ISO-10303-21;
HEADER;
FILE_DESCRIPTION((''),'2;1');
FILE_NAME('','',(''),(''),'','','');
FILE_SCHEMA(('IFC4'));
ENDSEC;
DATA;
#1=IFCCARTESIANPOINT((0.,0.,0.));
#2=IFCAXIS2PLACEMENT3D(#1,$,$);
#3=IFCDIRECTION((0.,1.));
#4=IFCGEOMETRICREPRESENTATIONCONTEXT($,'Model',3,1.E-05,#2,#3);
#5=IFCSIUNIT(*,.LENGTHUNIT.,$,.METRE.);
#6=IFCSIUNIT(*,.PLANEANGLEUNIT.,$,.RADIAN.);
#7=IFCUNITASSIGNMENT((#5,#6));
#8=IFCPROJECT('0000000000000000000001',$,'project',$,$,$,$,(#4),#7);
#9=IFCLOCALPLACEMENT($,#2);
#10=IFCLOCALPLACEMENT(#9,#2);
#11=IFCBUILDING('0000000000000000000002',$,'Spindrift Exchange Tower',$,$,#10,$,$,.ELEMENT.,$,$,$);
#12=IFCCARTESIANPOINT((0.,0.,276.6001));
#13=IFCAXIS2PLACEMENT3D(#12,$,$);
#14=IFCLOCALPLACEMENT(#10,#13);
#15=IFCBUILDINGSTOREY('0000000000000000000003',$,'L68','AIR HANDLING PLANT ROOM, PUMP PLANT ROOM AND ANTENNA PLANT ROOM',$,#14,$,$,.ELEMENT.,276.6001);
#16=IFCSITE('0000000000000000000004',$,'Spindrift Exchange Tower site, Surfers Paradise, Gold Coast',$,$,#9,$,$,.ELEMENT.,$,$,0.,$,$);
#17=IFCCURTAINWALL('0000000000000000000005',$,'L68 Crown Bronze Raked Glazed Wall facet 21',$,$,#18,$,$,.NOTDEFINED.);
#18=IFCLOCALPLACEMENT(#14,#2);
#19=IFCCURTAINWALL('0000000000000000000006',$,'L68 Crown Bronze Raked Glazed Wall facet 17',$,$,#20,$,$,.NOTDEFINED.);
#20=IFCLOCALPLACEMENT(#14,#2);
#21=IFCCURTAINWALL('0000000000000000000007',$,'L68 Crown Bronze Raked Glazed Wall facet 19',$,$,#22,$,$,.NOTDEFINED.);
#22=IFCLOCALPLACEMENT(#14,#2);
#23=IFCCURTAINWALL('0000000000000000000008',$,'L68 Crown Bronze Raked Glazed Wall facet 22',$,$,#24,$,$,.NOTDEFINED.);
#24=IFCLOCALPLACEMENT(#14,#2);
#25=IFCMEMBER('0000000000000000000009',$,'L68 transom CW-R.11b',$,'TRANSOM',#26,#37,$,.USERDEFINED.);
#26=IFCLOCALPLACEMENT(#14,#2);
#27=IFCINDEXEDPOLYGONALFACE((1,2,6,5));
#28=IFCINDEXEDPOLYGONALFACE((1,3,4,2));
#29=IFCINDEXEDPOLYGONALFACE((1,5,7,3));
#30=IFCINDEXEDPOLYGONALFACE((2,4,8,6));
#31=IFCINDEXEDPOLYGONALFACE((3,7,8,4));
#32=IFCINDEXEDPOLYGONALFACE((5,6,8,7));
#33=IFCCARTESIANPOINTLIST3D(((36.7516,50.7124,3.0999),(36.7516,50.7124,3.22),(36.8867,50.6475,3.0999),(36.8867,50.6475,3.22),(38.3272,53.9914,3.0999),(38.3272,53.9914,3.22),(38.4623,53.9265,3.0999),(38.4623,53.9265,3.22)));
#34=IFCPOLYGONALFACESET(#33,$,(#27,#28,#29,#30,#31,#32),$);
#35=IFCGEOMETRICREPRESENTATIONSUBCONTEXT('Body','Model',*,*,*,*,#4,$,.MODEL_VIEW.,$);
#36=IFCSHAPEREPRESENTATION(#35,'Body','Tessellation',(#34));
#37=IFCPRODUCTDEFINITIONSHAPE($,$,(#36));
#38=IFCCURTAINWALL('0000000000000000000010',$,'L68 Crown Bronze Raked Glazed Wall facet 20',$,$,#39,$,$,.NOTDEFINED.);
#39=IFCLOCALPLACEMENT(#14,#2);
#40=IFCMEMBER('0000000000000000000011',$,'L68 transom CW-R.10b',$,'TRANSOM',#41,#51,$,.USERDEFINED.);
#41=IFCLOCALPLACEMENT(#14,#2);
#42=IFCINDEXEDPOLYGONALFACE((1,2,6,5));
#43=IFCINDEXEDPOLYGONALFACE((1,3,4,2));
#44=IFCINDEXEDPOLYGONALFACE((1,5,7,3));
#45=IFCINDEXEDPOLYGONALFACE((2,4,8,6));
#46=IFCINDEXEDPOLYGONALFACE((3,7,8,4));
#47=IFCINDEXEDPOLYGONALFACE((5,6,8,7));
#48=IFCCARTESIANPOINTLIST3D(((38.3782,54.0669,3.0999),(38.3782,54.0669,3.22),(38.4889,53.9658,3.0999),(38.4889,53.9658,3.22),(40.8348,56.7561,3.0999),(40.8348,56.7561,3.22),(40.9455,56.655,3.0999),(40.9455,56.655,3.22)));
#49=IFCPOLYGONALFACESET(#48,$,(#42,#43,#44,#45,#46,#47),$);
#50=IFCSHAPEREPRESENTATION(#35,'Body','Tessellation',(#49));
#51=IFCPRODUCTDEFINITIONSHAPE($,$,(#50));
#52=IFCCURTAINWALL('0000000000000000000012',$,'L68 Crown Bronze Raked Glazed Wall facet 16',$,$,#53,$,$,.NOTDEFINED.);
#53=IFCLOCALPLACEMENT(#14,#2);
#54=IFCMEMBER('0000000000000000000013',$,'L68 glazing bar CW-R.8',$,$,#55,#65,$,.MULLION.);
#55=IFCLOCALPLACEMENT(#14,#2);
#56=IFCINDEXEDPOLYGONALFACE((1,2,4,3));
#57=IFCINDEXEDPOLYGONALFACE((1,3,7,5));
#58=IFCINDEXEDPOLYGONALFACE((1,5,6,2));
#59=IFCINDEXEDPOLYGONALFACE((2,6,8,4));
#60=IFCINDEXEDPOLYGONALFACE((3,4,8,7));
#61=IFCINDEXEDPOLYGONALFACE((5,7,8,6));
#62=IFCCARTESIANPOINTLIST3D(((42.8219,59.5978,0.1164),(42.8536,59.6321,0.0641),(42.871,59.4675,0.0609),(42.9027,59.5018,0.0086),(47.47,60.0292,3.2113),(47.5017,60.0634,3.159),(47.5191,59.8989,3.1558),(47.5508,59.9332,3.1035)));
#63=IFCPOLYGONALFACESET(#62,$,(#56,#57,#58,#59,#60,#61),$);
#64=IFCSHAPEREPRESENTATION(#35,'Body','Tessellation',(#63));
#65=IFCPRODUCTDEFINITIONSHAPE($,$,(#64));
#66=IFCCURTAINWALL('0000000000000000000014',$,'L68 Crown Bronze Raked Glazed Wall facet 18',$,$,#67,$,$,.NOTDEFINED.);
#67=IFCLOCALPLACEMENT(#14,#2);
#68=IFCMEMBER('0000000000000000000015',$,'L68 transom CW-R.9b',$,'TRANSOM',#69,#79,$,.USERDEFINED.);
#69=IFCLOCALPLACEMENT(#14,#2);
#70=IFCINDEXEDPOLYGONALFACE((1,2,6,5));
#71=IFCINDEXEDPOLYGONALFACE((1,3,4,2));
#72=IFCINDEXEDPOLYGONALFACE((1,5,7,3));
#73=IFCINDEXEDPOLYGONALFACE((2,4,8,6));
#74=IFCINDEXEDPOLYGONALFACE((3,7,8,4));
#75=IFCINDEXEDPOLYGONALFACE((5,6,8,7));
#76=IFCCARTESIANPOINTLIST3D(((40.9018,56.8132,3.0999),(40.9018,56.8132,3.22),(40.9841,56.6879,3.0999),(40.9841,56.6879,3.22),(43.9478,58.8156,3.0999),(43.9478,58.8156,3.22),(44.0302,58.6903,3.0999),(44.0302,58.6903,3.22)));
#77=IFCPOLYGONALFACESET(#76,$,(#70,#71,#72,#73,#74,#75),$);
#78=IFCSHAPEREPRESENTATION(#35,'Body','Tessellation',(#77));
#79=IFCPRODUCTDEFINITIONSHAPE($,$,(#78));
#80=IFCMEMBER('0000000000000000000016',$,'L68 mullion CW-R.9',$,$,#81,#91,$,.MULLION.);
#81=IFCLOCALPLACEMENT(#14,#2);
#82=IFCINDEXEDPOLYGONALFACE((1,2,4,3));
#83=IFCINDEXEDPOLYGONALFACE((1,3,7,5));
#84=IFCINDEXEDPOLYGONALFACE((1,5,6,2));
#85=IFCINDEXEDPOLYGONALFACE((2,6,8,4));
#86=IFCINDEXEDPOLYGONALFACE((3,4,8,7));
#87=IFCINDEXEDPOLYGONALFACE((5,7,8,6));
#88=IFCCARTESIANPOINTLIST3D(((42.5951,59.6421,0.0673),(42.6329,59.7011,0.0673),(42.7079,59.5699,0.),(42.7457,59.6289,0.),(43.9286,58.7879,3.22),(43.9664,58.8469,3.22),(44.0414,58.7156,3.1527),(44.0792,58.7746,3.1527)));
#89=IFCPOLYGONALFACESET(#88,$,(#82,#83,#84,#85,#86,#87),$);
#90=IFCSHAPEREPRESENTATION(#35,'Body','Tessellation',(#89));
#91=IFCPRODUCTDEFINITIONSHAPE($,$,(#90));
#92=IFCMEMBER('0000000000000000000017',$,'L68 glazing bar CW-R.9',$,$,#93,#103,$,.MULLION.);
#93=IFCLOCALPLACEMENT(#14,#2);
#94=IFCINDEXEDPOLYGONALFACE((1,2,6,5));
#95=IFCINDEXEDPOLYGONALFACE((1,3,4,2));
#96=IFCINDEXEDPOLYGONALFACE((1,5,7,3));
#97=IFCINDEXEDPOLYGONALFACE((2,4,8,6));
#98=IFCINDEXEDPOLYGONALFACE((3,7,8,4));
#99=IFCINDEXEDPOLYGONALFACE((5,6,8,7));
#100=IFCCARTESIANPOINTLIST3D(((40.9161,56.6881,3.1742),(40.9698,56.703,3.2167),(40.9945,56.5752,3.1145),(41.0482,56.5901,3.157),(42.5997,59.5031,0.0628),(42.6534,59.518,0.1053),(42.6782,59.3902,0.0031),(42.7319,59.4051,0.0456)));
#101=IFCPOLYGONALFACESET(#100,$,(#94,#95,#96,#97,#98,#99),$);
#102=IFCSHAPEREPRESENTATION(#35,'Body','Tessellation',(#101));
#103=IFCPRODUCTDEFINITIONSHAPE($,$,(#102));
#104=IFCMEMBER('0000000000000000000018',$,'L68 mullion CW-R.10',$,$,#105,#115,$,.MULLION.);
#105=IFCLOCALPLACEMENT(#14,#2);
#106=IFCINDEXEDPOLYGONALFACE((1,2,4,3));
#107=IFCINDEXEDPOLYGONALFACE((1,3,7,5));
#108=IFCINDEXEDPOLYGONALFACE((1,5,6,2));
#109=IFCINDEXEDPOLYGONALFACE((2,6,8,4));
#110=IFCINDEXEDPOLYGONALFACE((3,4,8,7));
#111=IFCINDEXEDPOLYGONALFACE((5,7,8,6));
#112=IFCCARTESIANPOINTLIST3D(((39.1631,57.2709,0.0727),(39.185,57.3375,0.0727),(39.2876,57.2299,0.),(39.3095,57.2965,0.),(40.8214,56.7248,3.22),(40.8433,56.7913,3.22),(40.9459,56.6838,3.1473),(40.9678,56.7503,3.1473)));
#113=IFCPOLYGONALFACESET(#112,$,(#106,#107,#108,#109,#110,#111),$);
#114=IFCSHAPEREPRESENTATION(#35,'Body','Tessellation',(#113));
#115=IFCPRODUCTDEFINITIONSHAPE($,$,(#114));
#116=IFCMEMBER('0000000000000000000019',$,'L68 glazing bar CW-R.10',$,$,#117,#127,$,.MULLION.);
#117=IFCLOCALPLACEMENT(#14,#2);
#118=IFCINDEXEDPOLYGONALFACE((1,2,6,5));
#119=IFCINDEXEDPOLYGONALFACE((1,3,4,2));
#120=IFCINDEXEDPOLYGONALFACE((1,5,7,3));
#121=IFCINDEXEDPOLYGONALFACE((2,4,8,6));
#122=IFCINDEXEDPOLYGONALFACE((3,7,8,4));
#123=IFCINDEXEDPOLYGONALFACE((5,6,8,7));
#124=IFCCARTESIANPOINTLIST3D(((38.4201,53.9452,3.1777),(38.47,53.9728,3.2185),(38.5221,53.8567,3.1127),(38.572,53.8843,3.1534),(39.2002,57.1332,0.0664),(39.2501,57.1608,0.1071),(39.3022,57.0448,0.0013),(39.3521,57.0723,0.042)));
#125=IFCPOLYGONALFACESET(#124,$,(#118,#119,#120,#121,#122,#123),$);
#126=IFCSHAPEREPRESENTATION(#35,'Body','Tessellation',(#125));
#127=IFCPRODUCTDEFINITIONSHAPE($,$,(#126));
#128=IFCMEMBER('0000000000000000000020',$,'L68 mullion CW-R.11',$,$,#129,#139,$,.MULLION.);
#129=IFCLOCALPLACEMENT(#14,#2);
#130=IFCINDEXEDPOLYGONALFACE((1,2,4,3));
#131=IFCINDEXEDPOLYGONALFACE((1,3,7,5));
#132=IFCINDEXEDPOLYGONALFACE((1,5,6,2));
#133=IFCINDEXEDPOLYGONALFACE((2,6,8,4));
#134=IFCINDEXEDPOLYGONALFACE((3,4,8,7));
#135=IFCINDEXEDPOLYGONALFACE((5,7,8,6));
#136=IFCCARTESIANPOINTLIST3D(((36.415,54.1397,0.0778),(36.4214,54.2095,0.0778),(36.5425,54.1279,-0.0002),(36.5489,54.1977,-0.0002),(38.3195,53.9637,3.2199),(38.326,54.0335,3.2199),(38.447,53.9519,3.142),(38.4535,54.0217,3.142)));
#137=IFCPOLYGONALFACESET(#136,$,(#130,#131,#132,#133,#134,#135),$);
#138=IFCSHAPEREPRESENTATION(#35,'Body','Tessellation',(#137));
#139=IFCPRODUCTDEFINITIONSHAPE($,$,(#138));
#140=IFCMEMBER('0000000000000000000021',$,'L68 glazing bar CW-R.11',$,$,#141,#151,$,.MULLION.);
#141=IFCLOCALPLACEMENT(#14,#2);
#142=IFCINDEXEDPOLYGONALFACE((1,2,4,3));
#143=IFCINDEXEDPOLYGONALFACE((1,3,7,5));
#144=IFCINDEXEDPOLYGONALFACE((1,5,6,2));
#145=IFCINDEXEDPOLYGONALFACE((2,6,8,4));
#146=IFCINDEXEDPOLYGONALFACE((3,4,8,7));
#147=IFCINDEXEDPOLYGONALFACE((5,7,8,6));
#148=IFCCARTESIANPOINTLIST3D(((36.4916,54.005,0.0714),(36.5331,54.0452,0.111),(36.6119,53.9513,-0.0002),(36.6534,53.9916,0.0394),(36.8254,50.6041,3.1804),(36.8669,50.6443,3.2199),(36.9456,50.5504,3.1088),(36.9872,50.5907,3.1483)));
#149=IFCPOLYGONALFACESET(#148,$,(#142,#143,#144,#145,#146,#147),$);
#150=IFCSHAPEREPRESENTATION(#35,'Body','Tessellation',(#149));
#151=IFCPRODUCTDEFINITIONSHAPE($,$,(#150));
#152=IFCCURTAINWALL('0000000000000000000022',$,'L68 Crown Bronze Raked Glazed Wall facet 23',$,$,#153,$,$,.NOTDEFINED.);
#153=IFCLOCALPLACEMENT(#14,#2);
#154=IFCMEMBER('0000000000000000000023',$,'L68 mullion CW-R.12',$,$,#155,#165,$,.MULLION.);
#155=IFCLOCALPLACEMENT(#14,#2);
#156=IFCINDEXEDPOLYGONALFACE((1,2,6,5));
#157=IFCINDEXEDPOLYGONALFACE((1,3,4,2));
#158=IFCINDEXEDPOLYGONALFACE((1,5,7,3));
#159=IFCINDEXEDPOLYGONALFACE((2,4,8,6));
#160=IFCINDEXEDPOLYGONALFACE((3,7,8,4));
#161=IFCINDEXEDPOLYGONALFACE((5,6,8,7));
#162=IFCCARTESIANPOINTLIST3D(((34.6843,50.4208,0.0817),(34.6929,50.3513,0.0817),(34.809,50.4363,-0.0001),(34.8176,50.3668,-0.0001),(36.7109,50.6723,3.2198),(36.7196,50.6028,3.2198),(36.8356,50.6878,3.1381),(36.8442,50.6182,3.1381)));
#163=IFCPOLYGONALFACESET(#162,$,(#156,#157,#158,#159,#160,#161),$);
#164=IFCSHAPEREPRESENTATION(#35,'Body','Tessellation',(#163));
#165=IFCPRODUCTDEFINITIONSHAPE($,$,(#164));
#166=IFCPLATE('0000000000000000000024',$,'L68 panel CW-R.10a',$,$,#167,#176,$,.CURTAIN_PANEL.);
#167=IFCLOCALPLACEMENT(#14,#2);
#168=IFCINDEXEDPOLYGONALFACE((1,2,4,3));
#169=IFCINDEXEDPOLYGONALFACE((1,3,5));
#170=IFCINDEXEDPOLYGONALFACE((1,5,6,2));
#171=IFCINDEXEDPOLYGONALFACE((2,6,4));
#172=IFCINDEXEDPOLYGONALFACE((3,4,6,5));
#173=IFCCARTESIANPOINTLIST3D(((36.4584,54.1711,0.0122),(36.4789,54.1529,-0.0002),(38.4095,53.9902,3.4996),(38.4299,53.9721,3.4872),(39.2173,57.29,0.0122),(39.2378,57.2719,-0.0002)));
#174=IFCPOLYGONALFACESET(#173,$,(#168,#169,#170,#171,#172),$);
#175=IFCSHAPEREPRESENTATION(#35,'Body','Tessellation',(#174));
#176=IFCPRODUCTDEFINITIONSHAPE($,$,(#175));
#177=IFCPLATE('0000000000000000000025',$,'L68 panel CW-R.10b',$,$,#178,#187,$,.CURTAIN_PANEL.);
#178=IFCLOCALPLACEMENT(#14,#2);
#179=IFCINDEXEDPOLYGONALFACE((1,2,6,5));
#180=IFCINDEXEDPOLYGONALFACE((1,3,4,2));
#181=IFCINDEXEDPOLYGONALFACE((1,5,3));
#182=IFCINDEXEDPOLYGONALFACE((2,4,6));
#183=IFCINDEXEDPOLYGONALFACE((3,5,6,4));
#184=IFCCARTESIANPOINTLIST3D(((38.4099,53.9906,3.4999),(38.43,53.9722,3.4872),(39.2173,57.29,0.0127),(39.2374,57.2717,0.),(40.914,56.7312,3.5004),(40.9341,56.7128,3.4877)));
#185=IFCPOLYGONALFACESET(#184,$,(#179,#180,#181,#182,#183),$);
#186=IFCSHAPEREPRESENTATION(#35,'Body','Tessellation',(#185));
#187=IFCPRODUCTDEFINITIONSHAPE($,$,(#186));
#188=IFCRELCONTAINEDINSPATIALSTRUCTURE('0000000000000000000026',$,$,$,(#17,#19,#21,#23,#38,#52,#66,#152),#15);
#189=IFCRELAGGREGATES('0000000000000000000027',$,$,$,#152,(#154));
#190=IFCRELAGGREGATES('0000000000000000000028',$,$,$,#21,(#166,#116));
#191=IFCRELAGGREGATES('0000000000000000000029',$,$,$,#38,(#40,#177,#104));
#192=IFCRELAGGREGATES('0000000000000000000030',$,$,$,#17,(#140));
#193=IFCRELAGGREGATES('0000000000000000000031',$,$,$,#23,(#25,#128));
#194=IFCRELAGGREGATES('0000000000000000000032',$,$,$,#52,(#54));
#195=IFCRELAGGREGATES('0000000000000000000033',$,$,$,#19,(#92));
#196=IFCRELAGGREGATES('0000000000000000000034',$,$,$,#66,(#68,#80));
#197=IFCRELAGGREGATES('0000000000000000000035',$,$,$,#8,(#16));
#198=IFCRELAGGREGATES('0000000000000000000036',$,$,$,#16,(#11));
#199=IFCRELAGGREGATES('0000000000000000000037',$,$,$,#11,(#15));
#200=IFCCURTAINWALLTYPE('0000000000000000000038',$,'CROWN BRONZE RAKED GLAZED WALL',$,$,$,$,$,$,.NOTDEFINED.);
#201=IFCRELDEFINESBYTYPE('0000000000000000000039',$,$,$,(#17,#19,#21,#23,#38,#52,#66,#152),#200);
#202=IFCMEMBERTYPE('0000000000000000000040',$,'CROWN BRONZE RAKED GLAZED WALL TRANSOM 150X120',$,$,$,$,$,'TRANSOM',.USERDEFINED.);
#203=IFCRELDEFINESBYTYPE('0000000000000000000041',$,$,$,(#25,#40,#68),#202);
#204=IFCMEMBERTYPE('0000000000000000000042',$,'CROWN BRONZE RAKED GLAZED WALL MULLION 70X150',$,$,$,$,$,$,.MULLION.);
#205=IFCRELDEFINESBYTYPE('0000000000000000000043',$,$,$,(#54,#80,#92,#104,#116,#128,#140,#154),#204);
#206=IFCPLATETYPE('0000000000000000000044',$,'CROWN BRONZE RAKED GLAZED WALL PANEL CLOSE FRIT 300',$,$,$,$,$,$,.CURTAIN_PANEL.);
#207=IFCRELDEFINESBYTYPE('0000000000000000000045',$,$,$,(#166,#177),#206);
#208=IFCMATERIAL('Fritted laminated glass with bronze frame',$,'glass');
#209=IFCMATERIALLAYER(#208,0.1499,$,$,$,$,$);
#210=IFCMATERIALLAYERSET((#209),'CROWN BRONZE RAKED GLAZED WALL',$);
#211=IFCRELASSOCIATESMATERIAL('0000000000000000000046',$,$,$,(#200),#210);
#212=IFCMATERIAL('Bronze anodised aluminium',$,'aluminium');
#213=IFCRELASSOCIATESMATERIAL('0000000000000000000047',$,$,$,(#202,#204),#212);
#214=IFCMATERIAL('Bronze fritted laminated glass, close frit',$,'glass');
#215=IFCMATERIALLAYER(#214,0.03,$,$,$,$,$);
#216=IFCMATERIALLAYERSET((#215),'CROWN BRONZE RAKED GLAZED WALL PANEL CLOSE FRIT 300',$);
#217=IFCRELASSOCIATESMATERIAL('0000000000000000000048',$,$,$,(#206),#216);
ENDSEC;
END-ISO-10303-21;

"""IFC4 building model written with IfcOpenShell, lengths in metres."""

from ifc_helpers import new_model, si_unit, direction, frame, origin, origin_2d, place, context, subcontext, project, spatial, line, indexed_curve, rectangle, outline, extrude, source, transform, mapped, material, layer, layer_set, material_profile, profile_set, type_object, element, aggregate, save


model = new_model("IFC4")

# Units and contexts
model_context = context("Model", 3, precision=1e-05, world=origin(), true_north=direction((0.0, 1.0)))
body_context = subcontext(model_context, "Body", "Model", "MODEL_VIEW")
ifc_project = project(units=[si_unit("LENGTHUNIT", "METRE"), si_unit("PLANEANGLEUNIT", "RADIAN")], contexts=[model_context])

# Site, building, storey
site_placement = place(None, origin())
site = spatial("IfcSite", under=ifc_project, at=site_placement, Name="Spindrift Exchange Tower site, Surfers Paradise, Gold Coast", CompositionType="ELEMENT", RefElevation=0.0)
building_placement = place(site_placement, origin())
building = spatial("IfcBuilding", under=site, at=building_placement, Name="Spindrift Exchange Tower", CompositionType="ELEMENT")
storey_placement = place(building_placement, frame((0.0, 0.0, 276.6001)))
storey = spatial("IfcBuildingStorey", under=building, at=storey_placement, Name="L68", Description="AIR HANDLING PLANT ROOM, PUMP PLANT ROOM AND ANTENNA PLANT ROOM", CompositionType="ELEMENT", Elevation=276.6001)

# Curtain walls, members
ifc_material_1 = material(Name="Fritted laminated glass with bronze frame", Category="glass")
ifc_layer_1 = layer(ifc_material_1, 0.1499)
ifc_layer_set_1 = layer_set([ifc_layer_1], Name="CROWN BRONZE RAKED GLAZED WALL")
curtain_wall_type = type_object("IfcCurtainWallType", Name="CROWN BRONZE RAKED GLAZED WALL", PredefinedType="NOTDEFINED", material=ifc_layer_set_1)
curtain_wall_1_placement = place(storey_placement, origin())
curtain_wall_1 = element("IfcCurtainWall", 1, at=curtain_wall_1_placement, inside=storey, type_object=curtain_wall_type, Name="L68 Crown Bronze Raked Glazed Wall facet 21", PredefinedType="NOTDEFINED")
ifc_material_2 = material(Name="Bronze anodised aluminium", Category="aluminium")
ifc_material_profile_1 = material_profile(ifc_material_2, rectangle(XDim=0.1499, YDim=0.1201, at=origin_2d()), Name="CROWN BRONZE RAKED GLAZED WALL TRANSOM 150X120")
ifc_profile_set_1 = profile_set([ifc_material_profile_1], Name="Bronze anodised aluminium")
member_type_1 = type_object("IfcMemberType", Name="CROWN BRONZE RAKED GLAZED WALL TRANSOM 150X120", ElementType="TRANSOM", PredefinedType="USERDEFINED", material=ifc_profile_set_1)
curtain_wall_2_placement = place(storey_placement, origin())
curtain_wall_2 = element("IfcCurtainWall", 2, at=curtain_wall_2_placement, inside=storey, type_object=curtain_wall_type, Name="L68 Crown Bronze Raked Glazed Wall facet 17", PredefinedType="NOTDEFINED")
curtain_wall_3_placement = place(storey_placement, origin())
curtain_wall_3 = element("IfcCurtainWall", 3, at=curtain_wall_3_placement, inside=storey, type_object=curtain_wall_type, Name="L68 Crown Bronze Raked Glazed Wall facet 19", PredefinedType="NOTDEFINED")
curtain_wall_4_placement = place(storey_placement, origin())
curtain_wall_4 = element("IfcCurtainWall", 4, at=curtain_wall_4_placement, inside=storey, type_object=curtain_wall_type, Name="L68 Crown Bronze Raked Glazed Wall facet 22", PredefinedType="NOTDEFINED")
shared_shape_1 = source(origin(), body_context, "Body", "SweptSolid", [
    extrude(rectangle(XDim=0.1499, YDim=0.1201, at=origin_2d()), origin(), (0.0, 0.0, 1.0), 3.6379),
])
member_1_placement = place(storey_placement, frame((38.3948, 53.959, 3.1599), z_axis=(-0.433119, -0.901337, 0.0), x_axis=(0.901337, -0.433119, 0.0)))
member_1 = element("IfcMember", 5, at=member_1_placement, type_object=member_type_1, Name="L68 transom CW-R.11b", ObjectType="TRANSOM", PredefinedType="USERDEFINED", context=body_context, shape_type="MappedRepresentation", body=[
    mapped(shared_shape_1, transform((0.0, 0.0, 0.0), scale=1.0)),
])
curtain_wall_5_placement = place(storey_placement, origin())
curtain_wall_5 = element("IfcCurtainWall", 6, at=curtain_wall_5_placement, inside=storey, type_object=curtain_wall_type, Name="L68 Crown Bronze Raked Glazed Wall facet 20", PredefinedType="NOTDEFINED")
shared_shape_2 = source(origin(), body_context, "Body", "SweptSolid", [
    extrude(rectangle(XDim=0.1499, YDim=0.1201, at=origin_2d()), origin(), (0.0, 0.0, 1.0), 3.6423),
])
member_2_placement = place(storey_placement, frame((40.8901, 56.7056, 3.1599), z_axis=(-0.674446, -0.738324, 0.0), x_axis=(0.738324, -0.674446, 0.0)))
member_2 = element("IfcMember", 7, at=member_2_placement, type_object=member_type_1, Name="L68 transom CW-R.10b", ObjectType="TRANSOM", PredefinedType="USERDEFINED", context=body_context, shape_type="MappedRepresentation", body=[
    mapped(shared_shape_2, transform((0.0, 0.0, 0.0), scale=1.0)),
])
curtain_wall_6_placement = place(storey_placement, origin())
curtain_wall_6 = element("IfcCurtainWall", 8, at=curtain_wall_6_placement, inside=storey, type_object=curtain_wall_type, Name="L68 Crown Bronze Raked Glazed Wall facet 16", PredefinedType="NOTDEFINED")
ifc_material_profile_2 = material_profile(ifc_material_2, rectangle(XDim=0.0701, YDim=0.1499, at=origin_2d()), Name="CROWN BRONZE RAKED GLAZED WALL MULLION 70X150")
ifc_profile_set_2 = profile_set([ifc_material_profile_2], Name="Bronze anodised aluminium")
member_type_2 = type_object("IfcMemberType", Name="CROWN BRONZE RAKED GLAZED WALL MULLION 70X150", PredefinedType="MULLION", material=ifc_profile_set_2)
shared_shape_3 = source(origin(), body_context, "Body", "SweptSolid", [
    extrude(rectangle(XDim=0.0701, YDim=0.1499, at=origin_2d()), origin(), (0.0, 0.0, 1.0), 5.6008),
])
member_3_placement = place(storey_placement, frame((42.8623, 59.5498, 0.0625), z_axis=(0.829894, 0.077022, 0.55258), x_axis=(0.451664, 0.488686, -0.746449)))
member_3 = element("IfcMember", 9, at=member_3_placement, type_object=member_type_2, Name="L68 glazing bar CW-R.8", PredefinedType="MULLION", context=body_context, shape_type="MappedRepresentation", body=[
    mapped(shared_shape_3, transform((0.0, 0.0, 0.0), scale=1.0)),
])

# Curtain wall, members
curtain_wall_7_placement = place(storey_placement, origin())
curtain_wall_7 = element("IfcCurtainWall", 10, at=curtain_wall_7_placement, inside=storey, type_object=curtain_wall_type, Name="L68 Crown Bronze Raked Glazed Wall facet 18", PredefinedType="NOTDEFINED")
shared_shape_4 = source(origin(), body_context, "Body", "SweptSolid", [
    extrude(rectangle(XDim=0.1499, YDim=0.1201, at=origin_2d()), origin(), (0.0, 0.0, 1.0), 3.6453),
])
member_4_placement = place(storey_placement, frame((43.989, 58.7529, 3.1599), z_axis=(-0.835619, -0.54931, 0.0), x_axis=(0.54931, -0.835619, 0.0)))
member_4 = element("IfcMember", 11, at=member_4_placement, type_object=member_type_1, Name="L68 transom CW-R.9b", ObjectType="TRANSOM", PredefinedType="USERDEFINED", context=body_context, shape_type="MappedRepresentation", body=[
    mapped(shared_shape_4, transform((0.0, 0.0, 0.0), scale=1.0)),
])
shared_shape_5 = source(origin(), body_context, "Body", "SweptSolid", [
    extrude(rectangle(XDim=0.0701, YDim=0.1499, at=origin_2d()), origin(), (0.0, 0.0, 1.0), 3.5281),
])
member_5_placement = place(storey_placement, frame((42.6704, 59.6355, 0.0337), z_axis=(0.377975, -0.242134, 0.893591), x_axis=(0.539417, 0.842039, 0.0)))
member_5 = element("IfcMember", 12, at=member_5_placement, type_object=member_type_2, Name="L68 mullion CW-R.9", PredefinedType="MULLION", context=body_context, shape_type="MappedRepresentation", body=[
    mapped(shared_shape_5, transform((0.0, 0.0, 0.0), scale=1.0)),
])

# Members
shared_shape_6 = source(origin(), body_context, "Body", "SweptSolid", [
    extrude(rectangle(XDim=0.0701, YDim=0.1499, at=origin_2d()), origin(), (0.0, 0.0, 1.0), 4.521),
])
member_6_placement = place(storey_placement, frame((42.6658, 59.4541, 0.0542), z_axis=(-0.3724, -0.622647, 0.688206), x_axis=(0.766349, 0.211958, 0.606451)))
member_6 = element("IfcMember", 13, at=member_6_placement, type_object=member_type_2, Name="L68 glazing bar CW-R.9", PredefinedType="MULLION", context=body_context, shape_type="MappedRepresentation", body=[
    mapped(shared_shape_6, transform((0.0, 0.0, 0.0), scale=1.0)),
])
shared_shape_7 = source(origin(), body_context, "Body", "SweptSolid", [
    extrude(rectangle(XDim=0.0701, YDim=0.1499, at=origin_2d()), origin(), (0.0, 0.0, 1.0), 3.5991),
])
member_7_placement = place(storey_placement, frame((39.2363, 57.2837, 0.0364), z_axis=(0.460739, -0.151748, 0.874467), x_axis=(0.312828, 0.94981, 0.0)))
member_7 = element("IfcMember", 14, at=member_7_placement, type_object=member_type_2, Name="L68 mullion CW-R.10", PredefinedType="MULLION", context=body_context, shape_type="MappedRepresentation", body=[
    mapped(shared_shape_7, transform((0.0, 0.0, 0.0), scale=1.0)),
])
shared_shape_8 = source(origin(), body_context, "Body", "SweptSolid", [
    extrude(rectangle(XDim=0.0701, YDim=0.1499, at=origin_2d()), origin(), (0.0, 0.0, 1.0), 4.5225),
])
member_8_placement = place(storey_placement, frame((39.2761, 57.1028, 0.0542), z_axis=(-0.172481, -0.704933, 0.687982), x_axis=(0.712168, 0.393274, 0.581509)))
member_8 = element("IfcMember", 15, at=member_8_placement, type_object=member_type_2, Name="L68 glazing bar CW-R.10", PredefinedType="MULLION", context=body_context, shape_type="MappedRepresentation", body=[
    mapped(shared_shape_8, transform((0.0, 0.0, 0.0), scale=1.0)),
])
shared_shape_9 = source(origin(), body_context, "Body", "SweptSolid", [
    extrude(rectangle(XDim=0.0701, YDim=0.1499, at=origin_2d()), origin(), (0.0, 0.0, 1.0), 3.6785),
])
member_9_placement = place(storey_placement, frame((36.4819, 54.1687, 0.0388), z_axis=(0.517756, -0.047853, 0.854189), x_axis=(0.092032, 0.995756, 0.0)))
member_9 = element("IfcMember", 16, at=member_9_placement, type_object=member_type_2, Name="L68 mullion CW-R.11", PredefinedType="MULLION", context=body_context, shape_type="MappedRepresentation", body=[
    mapped(shared_shape_9, transform((0.0, 0.0, 0.0), scale=1.0)),
])
shared_shape_10 = source(origin(), body_context, "Body", "SweptSolid", [
    extrude(rectangle(XDim=0.0701, YDim=0.1499, at=origin_2d()), origin(), (0.0, 0.0, 1.0), 4.6199),
])
member_10_placement = place(storey_placement, frame((36.5725, 53.9983, 0.0554), z_axis=(0.072241, -0.736153, 0.672949), x_axis=(0.592398, 0.574476, 0.564838)))
member_10 = element("IfcMember", 17, at=member_10_placement, type_object=member_type_2, Name="L68 glazing bar CW-R.11", PredefinedType="MULLION", context=body_context, shape_type="MappedRepresentation", body=[
    mapped(shared_shape_10, transform((0.0, 0.0, 0.0), scale=1.0)),
])

# Curtain wall, member
curtain_wall_8_placement = place(storey_placement, origin())
curtain_wall_8 = element("IfcCurtainWall", 18, at=curtain_wall_8_placement, inside=storey, type_object=curtain_wall_type, Name="L68 Crown Bronze Raked Glazed Wall facet 23", PredefinedType="NOTDEFINED")
shared_shape_11 = source(origin(), body_context, "Body", "SweptSolid", [
    extrude(rectangle(XDim=0.0701, YDim=0.1499, at=origin_2d()), origin(), (0.0, 0.0, 1.0), 3.7441),
])
member_11_placement = place(storey_placement, frame((34.751, 50.3938, 0.0408), z_axis=(0.541276, 0.067162, 0.838159), x_axis=(-0.123137, 0.99239, 0.0)))
member_11 = element("IfcMember", 19, at=member_11_placement, type_object=member_type_2, Name="L68 mullion CW-R.12", PredefinedType="MULLION", context=body_context, shape_type="MappedRepresentation", body=[
    mapped(shared_shape_11, transform((0.0, 0.0, 0.0), scale=1.0)),
])
aggregate(curtain_wall_8, [member_11])

# Plates
ifc_material_3 = material(Name="Bronze fritted laminated glass, close frit", Category="glass")
ifc_layer_2 = layer(ifc_material_3, 0.03)
ifc_layer_set_2 = layer_set([ifc_layer_2], Name="CROWN BRONZE RAKED GLAZED WALL PANEL CLOSE FRIT 300")
plate_type_1 = type_object("IfcPlateType", Name="CROWN BRONZE RAKED GLAZED WALL PANEL CLOSE FRIT 300", PredefinedType="CURTAIN_PANEL", material=ifc_layer_set_2)
plate_1_placement = place(storey_placement, frame((39.2173, 57.29, 0.0122), z_axis=(-0.682177, 0.603419, 0.412939), x_axis=(-0.662546, -0.749021, 0.0)))
plate_1 = element("IfcPlate", 20, at=plate_1_placement, type_object=plate_type_1, Name="L68 panel CW-R.10a", PredefinedType="CURTAIN_PANEL", context=body_context, shape_type="SweptSolid", body=[
    extrude(outline(indexed_curve([(0.0, 0.0), (4.1641, 0.0), (3.0068, 3.8291)], segments=[line(1, 2, 3, 1)], self_intersect=False)), origin(), (0.0, 0.0, -1.0), 0.03),
])
aggregate(curtain_wall_3, [plate_1, member_8])
plate_2_placement = place(storey_placement, frame((39.2173, 57.29, 0.0127), z_axis=(-0.66887, 0.611075, 0.423322), x_axis=(-0.165843, -0.677766, 0.716331)))
plate_2 = element("IfcPlate", 21, at=plate_2_placement, type_object=plate_type_1, Name="L68 panel CW-R.10b", PredefinedType="CURTAIN_PANEL", context=body_context, shape_type="SweptSolid", body=[
    extrude(outline(indexed_curve([(0.0, 0.0), (4.8682, 0.0), (2.5957, 2.9355)], segments=[line(1, 2, 3, 1)], self_intersect=False)), origin(), (0.0, 0.0, -1.0), 0.03),
])
aggregate(curtain_wall_5, [member_2, plate_2, member_7])
aggregate(curtain_wall_1, [member_10])
aggregate(curtain_wall_4, [member_1, member_9])
aggregate(curtain_wall_6, [member_3])
aggregate(curtain_wall_2, [member_6])
aggregate(curtain_wall_7, [member_4, member_5])

save(model, "model.ifc")
